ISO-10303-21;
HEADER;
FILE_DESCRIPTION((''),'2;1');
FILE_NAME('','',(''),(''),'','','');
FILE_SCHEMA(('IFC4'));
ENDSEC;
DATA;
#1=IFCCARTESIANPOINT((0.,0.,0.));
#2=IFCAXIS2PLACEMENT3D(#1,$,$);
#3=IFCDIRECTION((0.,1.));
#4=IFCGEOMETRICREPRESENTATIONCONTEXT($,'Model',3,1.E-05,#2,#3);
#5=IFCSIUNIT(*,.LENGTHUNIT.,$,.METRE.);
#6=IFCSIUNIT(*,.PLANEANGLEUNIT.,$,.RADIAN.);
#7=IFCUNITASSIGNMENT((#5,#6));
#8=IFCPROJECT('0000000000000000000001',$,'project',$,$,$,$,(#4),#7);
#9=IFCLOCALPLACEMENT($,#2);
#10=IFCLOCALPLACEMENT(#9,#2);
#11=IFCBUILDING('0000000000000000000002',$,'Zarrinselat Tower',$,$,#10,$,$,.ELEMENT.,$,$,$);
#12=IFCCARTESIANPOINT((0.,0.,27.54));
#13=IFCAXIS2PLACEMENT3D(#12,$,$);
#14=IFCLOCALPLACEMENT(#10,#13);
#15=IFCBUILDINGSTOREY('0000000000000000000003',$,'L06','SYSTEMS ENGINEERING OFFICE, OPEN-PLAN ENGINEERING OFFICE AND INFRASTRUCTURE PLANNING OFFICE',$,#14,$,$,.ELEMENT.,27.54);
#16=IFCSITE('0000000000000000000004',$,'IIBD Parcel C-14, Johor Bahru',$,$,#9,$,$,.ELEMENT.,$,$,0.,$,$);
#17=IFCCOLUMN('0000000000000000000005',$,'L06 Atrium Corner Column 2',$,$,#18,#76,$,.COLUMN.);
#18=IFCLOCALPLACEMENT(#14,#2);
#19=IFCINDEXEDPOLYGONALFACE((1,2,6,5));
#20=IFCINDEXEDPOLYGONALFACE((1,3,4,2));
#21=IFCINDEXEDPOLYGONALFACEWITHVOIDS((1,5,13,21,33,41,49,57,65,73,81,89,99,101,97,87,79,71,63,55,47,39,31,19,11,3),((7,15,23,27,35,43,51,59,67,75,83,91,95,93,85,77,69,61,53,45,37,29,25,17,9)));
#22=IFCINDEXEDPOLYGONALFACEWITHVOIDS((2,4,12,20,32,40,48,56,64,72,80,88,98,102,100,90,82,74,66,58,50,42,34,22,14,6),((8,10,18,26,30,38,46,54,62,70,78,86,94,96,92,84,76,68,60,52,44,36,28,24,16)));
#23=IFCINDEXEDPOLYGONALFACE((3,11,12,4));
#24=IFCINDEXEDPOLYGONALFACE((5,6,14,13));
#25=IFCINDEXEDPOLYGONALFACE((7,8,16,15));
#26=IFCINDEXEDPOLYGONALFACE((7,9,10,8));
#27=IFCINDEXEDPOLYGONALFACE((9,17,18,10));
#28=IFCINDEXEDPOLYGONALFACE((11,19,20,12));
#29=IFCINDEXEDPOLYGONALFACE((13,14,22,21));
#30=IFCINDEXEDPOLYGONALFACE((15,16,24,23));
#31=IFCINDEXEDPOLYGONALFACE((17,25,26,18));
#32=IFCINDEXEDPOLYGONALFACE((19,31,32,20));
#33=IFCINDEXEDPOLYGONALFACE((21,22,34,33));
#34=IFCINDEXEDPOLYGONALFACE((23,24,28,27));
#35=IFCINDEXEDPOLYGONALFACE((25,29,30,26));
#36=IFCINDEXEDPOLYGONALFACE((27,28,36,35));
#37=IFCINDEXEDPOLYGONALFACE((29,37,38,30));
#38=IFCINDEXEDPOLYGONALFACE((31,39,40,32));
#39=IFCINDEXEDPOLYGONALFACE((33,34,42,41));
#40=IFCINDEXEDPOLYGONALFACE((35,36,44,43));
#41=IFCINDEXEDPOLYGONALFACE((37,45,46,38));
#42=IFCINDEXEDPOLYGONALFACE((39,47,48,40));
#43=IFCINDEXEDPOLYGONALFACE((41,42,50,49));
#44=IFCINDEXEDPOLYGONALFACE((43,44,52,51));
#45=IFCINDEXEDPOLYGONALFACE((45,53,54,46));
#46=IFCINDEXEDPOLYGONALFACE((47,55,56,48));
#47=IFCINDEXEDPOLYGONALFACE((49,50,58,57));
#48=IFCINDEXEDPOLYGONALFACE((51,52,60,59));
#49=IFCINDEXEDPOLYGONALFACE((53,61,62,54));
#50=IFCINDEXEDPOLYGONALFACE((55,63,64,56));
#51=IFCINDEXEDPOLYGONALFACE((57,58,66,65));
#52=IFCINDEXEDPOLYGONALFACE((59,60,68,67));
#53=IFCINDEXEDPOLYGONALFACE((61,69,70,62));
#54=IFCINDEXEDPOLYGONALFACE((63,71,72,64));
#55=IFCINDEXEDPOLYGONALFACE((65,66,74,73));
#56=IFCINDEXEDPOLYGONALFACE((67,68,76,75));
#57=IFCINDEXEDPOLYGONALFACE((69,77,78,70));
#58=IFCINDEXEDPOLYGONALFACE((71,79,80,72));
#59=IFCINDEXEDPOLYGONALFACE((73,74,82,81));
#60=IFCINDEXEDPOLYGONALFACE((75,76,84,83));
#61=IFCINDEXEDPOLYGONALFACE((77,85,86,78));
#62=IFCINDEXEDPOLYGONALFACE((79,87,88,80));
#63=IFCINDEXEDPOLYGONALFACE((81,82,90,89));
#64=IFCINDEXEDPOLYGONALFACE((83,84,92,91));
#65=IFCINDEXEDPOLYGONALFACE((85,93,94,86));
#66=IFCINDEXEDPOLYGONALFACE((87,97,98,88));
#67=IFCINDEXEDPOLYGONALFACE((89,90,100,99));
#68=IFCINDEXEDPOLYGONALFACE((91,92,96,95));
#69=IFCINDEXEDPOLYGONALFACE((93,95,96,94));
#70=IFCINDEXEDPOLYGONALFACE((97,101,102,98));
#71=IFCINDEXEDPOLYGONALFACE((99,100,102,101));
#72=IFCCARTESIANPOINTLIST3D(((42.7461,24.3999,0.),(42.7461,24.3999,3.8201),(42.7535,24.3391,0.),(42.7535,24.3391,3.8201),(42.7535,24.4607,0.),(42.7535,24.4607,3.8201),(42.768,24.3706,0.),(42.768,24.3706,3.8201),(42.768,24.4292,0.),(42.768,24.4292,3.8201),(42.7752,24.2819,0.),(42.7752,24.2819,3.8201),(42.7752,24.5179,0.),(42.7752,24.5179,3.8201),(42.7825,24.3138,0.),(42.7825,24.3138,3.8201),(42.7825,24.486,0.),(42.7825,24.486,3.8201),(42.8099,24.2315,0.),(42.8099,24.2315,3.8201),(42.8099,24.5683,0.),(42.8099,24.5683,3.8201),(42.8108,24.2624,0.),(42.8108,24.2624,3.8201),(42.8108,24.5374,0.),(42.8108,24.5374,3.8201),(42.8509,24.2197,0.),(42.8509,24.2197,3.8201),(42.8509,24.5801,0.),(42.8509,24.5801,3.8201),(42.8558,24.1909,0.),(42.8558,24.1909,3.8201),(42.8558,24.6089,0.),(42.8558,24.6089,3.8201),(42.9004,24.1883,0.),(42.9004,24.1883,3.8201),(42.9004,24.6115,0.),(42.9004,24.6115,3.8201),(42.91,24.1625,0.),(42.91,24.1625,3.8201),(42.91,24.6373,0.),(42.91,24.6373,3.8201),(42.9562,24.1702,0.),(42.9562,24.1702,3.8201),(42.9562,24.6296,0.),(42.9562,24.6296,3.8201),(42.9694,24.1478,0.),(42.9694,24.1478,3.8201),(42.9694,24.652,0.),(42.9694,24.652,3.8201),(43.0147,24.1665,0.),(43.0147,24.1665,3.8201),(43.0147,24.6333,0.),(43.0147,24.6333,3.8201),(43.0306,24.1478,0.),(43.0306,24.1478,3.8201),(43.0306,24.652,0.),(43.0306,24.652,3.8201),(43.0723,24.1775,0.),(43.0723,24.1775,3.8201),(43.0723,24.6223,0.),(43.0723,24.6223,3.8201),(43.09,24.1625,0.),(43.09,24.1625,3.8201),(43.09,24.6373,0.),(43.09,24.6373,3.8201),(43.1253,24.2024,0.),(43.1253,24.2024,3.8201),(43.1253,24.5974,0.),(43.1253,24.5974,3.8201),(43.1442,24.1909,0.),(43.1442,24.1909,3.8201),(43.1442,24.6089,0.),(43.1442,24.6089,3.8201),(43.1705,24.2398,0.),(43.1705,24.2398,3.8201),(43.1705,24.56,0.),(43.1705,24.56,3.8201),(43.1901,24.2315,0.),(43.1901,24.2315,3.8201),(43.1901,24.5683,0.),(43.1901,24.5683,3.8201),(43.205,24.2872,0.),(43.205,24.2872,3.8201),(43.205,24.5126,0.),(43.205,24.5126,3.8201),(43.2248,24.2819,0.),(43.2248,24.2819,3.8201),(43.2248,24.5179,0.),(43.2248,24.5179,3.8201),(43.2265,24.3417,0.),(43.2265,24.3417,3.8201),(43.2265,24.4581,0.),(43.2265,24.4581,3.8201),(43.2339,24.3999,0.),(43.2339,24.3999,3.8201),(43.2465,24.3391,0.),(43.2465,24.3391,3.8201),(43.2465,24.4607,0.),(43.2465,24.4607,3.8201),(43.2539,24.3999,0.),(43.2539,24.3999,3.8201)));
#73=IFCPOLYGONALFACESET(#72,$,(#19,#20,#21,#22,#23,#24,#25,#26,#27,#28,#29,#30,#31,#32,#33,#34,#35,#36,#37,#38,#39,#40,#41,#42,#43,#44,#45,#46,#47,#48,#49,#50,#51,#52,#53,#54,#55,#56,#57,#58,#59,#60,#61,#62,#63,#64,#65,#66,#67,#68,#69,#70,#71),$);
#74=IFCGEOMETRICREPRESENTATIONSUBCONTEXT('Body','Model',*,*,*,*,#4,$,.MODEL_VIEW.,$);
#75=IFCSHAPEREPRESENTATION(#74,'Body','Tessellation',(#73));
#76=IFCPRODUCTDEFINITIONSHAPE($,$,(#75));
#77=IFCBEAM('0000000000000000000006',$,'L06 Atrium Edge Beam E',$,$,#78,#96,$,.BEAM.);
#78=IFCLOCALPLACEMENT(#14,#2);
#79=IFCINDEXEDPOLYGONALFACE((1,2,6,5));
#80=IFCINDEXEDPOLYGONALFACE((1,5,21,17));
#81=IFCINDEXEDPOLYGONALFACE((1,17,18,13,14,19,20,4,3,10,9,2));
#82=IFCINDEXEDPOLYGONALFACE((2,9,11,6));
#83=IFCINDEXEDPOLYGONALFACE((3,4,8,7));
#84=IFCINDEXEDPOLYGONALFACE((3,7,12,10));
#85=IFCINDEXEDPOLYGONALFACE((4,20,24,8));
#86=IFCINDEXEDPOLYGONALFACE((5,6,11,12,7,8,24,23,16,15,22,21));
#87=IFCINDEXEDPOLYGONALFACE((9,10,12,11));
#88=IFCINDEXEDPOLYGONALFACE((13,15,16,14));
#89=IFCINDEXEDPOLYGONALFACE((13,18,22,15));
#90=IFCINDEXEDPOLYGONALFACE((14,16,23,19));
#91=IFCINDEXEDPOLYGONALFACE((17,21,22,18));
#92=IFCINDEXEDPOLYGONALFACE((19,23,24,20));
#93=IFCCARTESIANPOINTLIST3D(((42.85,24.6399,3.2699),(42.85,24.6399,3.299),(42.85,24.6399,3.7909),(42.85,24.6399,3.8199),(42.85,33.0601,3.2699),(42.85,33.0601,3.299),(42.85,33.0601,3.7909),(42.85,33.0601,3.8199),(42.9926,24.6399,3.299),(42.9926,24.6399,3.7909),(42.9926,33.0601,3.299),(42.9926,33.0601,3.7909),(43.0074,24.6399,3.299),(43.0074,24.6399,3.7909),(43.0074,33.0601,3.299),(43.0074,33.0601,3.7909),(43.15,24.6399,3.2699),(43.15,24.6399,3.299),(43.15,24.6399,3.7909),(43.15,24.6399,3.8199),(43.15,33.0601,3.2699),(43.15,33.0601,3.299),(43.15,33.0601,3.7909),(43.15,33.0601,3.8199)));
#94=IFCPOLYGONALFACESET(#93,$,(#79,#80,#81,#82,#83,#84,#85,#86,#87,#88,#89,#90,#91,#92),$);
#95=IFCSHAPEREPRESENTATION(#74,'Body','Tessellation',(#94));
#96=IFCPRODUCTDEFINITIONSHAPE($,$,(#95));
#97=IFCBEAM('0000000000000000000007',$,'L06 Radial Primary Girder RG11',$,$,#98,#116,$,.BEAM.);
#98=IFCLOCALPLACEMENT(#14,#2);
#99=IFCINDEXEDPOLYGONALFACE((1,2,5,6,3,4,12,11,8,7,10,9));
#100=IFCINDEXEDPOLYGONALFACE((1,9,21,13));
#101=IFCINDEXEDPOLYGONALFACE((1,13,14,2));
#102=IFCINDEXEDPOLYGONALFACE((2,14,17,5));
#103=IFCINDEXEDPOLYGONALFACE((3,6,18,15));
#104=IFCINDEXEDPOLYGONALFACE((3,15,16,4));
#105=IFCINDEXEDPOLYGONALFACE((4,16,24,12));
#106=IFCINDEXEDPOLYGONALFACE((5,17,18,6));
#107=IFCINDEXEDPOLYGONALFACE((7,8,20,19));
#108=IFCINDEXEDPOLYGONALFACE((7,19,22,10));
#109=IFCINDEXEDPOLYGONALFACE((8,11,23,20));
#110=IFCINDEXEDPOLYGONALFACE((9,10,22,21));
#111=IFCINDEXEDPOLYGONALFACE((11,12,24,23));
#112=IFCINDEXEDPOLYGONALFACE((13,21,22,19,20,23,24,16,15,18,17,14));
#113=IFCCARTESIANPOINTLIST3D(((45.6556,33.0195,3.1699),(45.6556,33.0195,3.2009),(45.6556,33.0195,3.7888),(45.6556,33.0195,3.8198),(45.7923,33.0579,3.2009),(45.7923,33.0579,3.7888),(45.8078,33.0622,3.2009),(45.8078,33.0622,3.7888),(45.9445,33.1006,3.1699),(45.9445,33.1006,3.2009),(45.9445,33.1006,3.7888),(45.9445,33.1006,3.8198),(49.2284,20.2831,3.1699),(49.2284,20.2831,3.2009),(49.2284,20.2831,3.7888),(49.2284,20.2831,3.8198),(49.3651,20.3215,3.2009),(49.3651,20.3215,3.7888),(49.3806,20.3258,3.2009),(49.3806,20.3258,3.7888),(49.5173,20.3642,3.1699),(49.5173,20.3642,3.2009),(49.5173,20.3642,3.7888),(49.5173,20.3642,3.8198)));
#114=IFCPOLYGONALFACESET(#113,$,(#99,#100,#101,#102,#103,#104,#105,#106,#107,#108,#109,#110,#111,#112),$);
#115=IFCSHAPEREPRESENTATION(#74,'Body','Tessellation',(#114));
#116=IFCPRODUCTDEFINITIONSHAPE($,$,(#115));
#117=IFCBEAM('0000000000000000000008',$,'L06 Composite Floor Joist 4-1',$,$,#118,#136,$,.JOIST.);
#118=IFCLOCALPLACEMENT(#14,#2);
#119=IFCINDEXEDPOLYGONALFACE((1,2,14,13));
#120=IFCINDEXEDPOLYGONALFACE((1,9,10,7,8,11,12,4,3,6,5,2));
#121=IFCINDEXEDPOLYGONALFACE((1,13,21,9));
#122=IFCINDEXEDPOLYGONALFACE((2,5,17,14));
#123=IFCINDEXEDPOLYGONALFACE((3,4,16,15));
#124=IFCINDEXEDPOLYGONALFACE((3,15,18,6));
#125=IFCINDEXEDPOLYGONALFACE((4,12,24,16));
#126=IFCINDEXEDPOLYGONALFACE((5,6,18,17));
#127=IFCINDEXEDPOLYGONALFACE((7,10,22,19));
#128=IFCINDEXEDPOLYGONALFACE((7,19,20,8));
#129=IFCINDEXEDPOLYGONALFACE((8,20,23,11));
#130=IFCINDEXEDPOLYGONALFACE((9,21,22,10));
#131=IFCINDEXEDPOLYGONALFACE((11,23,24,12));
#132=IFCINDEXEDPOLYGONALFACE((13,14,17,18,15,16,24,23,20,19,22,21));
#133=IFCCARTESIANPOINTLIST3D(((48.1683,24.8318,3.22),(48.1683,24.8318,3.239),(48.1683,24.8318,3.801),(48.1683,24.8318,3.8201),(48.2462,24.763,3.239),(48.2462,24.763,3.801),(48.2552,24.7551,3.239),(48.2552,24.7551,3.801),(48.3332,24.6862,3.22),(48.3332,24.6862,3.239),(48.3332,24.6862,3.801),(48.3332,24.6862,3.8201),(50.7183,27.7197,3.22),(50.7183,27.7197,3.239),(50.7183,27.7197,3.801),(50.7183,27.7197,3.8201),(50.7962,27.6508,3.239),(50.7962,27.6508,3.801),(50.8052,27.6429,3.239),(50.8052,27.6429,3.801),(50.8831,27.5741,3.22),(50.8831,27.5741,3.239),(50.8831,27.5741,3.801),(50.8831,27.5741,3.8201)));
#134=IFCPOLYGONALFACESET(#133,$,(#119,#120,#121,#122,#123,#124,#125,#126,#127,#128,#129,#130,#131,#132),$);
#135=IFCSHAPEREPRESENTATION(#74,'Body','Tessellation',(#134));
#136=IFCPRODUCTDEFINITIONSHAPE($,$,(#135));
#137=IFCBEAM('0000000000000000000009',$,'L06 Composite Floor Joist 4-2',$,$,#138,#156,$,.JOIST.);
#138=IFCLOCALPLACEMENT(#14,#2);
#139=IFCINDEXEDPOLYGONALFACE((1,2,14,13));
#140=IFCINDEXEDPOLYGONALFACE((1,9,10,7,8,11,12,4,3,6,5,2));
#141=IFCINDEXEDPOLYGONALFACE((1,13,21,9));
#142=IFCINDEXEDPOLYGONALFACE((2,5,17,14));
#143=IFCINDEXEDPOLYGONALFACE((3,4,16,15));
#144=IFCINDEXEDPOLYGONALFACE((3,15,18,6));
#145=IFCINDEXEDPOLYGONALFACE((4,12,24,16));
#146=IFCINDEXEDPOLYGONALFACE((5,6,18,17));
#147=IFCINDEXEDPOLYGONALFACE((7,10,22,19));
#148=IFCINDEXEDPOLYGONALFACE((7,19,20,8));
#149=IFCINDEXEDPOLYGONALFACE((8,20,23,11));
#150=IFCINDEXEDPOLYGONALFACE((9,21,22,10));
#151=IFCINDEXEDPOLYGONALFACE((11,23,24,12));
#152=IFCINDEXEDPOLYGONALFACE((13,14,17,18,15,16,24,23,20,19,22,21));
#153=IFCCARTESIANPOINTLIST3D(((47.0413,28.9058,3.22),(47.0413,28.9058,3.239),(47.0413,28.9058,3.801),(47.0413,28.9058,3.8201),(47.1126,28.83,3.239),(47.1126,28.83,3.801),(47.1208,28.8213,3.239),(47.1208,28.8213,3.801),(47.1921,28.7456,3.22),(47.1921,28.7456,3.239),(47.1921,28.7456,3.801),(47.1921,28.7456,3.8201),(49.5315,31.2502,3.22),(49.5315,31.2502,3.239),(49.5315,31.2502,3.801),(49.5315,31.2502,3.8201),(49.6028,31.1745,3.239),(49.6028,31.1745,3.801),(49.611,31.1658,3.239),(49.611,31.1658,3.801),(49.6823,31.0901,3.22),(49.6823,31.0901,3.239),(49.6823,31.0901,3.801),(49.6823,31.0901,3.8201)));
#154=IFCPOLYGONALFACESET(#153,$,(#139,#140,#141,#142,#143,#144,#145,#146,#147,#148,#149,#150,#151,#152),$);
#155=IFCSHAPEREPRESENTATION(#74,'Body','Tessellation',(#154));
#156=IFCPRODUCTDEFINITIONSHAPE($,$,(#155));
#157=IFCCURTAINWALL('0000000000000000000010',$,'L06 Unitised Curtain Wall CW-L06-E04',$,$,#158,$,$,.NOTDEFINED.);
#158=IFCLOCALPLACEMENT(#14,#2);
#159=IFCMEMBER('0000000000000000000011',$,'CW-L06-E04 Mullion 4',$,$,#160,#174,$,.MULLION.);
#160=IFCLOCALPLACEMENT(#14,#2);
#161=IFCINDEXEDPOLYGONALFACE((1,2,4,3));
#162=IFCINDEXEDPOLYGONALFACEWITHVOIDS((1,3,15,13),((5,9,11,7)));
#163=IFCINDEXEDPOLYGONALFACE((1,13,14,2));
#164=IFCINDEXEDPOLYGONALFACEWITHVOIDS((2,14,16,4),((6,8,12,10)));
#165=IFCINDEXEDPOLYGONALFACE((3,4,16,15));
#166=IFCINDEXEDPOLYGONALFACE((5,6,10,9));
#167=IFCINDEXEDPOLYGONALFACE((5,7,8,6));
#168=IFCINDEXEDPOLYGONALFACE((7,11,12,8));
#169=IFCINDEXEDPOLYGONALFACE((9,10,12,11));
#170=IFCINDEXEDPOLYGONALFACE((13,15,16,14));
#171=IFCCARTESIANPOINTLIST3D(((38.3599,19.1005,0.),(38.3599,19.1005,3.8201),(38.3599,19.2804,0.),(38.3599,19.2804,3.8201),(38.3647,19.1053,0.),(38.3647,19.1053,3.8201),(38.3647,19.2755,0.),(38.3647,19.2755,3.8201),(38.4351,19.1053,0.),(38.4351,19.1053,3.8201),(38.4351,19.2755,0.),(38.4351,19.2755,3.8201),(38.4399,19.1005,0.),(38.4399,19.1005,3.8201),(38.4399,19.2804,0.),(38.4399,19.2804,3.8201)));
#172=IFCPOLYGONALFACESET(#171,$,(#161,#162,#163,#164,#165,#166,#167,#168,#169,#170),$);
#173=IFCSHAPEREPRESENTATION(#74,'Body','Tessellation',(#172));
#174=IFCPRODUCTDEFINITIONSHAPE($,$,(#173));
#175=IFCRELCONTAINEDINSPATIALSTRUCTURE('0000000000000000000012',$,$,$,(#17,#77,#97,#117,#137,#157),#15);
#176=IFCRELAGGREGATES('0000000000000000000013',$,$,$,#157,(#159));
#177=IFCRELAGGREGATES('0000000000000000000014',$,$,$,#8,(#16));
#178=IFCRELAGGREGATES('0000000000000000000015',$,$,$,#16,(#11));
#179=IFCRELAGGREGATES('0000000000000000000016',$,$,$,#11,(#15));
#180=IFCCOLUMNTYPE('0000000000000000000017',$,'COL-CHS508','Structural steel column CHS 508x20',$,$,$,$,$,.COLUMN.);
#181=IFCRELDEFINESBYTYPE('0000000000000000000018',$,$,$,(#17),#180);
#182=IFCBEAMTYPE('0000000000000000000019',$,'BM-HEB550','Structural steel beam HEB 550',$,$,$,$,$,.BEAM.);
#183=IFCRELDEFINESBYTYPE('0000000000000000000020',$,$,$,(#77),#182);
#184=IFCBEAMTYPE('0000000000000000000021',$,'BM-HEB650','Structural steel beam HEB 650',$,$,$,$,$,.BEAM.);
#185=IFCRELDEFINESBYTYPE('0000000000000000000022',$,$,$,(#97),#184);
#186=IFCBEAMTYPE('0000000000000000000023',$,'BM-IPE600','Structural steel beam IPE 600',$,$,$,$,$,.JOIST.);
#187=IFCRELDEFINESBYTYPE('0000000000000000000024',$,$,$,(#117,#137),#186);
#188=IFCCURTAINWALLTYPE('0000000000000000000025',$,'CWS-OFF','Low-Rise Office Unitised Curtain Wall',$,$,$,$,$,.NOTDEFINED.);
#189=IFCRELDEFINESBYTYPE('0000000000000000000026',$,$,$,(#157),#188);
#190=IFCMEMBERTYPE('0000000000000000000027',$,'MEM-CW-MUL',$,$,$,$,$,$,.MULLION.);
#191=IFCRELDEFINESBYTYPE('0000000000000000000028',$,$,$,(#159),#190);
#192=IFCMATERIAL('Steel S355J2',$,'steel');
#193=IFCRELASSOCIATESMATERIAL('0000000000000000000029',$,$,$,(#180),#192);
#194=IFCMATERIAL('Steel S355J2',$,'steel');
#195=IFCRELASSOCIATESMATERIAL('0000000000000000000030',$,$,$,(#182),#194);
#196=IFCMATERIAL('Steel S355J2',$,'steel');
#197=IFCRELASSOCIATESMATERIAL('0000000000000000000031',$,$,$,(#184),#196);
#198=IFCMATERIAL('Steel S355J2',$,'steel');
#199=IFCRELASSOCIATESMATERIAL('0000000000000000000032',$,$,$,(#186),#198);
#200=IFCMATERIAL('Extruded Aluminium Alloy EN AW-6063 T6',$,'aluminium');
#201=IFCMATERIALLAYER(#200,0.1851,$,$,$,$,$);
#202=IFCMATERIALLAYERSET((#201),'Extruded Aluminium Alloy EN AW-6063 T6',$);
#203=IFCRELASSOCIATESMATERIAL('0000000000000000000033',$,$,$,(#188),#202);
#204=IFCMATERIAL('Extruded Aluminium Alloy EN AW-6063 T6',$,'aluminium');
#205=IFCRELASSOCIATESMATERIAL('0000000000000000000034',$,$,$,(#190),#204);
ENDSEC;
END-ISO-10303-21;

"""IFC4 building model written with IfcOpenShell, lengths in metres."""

from ifc_helpers import new_model, si_unit, direction, frame, origin, origin_2d, place, context, subcontext, project, spatial, hollow_rectangle, hollow_circle, i_section, extrude, material, layer, layer_set, material_profile, profile_set, type_object, element, aggregate, save


model = new_model("IFC4")

# Units and contexts
model_context = context("Model", 3, precision=1e-05, world=origin(), true_north=direction((0.0, 1.0)))
body_context = subcontext(model_context, "Body", "Model", "MODEL_VIEW")
ifc_project = project(units=[si_unit("LENGTHUNIT", "METRE"), si_unit("PLANEANGLEUNIT", "RADIAN")], contexts=[model_context])

# Site, building, storey
site_placement = place(None, origin())
site = spatial("IfcSite", under=ifc_project, at=site_placement, Name="IIBD Parcel C-14, Johor Bahru", CompositionType="ELEMENT", RefElevation=0.0)
building_placement = place(site_placement, origin())
building = spatial("IfcBuilding", under=site, at=building_placement, Name="Zarrinselat Tower", CompositionType="ELEMENT")
storey_placement = place(building_placement, frame((0.0, 0.0, 27.54)))
storey = spatial("IfcBuildingStorey", under=building, at=storey_placement, Name="L06", Description="SYSTEMS ENGINEERING OFFICE, OPEN-PLAN ENGINEERING OFFICE AND INFRASTRUCTURE PLANNING OFFICE", CompositionType="ELEMENT", Elevation=27.54)

# Column
ifc_material_1 = material(Name="Steel S355J2", Category="steel")
ifc_material_profile_1 = material_profile(ifc_material_1, hollow_circle(Radius=0.2539, WallThickness=0.02, at=origin_2d()), Name="CHS 508x20")
ifc_profile_set_1 = profile_set([ifc_material_profile_1], Name="Steel S355J2")
column_type = type_object("IfcColumnType", Name="COL-CHS508", Description="Structural steel column CHS 508x20", PredefinedType="COLUMN", material=ifc_profile_set_1)
column_placement = place(storey_placement, frame((43.0, 24.3999, 0.0), z_axis=(0.0, 0.0, 1.0), x_axis=(1.0, 0.0, 0.0)))
element("IfcColumn", 1, at=column_placement, inside=storey, type_object=column_type, Name="L06 Atrium Corner Column 2", PredefinedType="COLUMN", context=body_context, shape_type="SweptSolid", body=[
    extrude(hollow_circle(Radius=0.2539, WallThickness=0.02, at=origin_2d()), origin(), (0.0, 0.0, 1.0), 3.8201),
])

# Beams
ifc_material_2 = material(Name="Steel S355J2", Category="steel")
ifc_material_profile_2 = material_profile(ifc_material_2, i_section(OverallWidth=0.3, OverallDepth=0.55, WebThickness=0.0149, FlangeThickness=0.0291, at=origin_2d()), Name="HEB 550")
ifc_profile_set_2 = profile_set([ifc_material_profile_2], Name="Steel S355J2")
beam_type_1 = type_object("IfcBeamType", Name="BM-HEB550", Description="Structural steel beam HEB 550", PredefinedType="BEAM", material=ifc_profile_set_2)
beam_1_placement = place(storey_placement, frame((43.0, 24.6399, 3.5449), z_axis=(0.0, 1.0, 0.0), x_axis=(-1.0, 0.0, 0.0)))
element("IfcBeam", 2, at=beam_1_placement, inside=storey, type_object=beam_type_1, Name="L06 Atrium Edge Beam E", PredefinedType="BEAM", context=body_context, shape_type="SweptSolid", body=[
    extrude(i_section(OverallWidth=0.3, OverallDepth=0.55, WebThickness=0.0149, FlangeThickness=0.0291, at=origin_2d()), origin(), (0.0, 0.0, 1.0), 8.4202),
])
ifc_material_3 = material(Name="Steel S355J2", Category="steel")
ifc_material_profile_3 = material_profile(ifc_material_3, i_section(OverallWidth=0.3, OverallDepth=0.6499, WebThickness=0.0161, FlangeThickness=0.031, at=origin_2d()), Name="HEB 650")
ifc_profile_set_3 = profile_set([ifc_material_profile_3], Name="Steel S355J2")
beam_type_2 = type_object("IfcBeamType", Name="BM-HEB650", Description="Structural steel beam HEB 650", PredefinedType="BEAM", material=ifc_profile_set_3)
beam_2_placement = place(storey_placement, frame((45.8, 33.0601, 3.4949), z_axis=(0.270091, -0.962835, 0.0), x_axis=(0.962835, 0.270091, 0.0)))
element("IfcBeam", 3, at=beam_2_placement, inside=storey, type_object=beam_type_2, Name="L06 Radial Primary Girder RG11", PredefinedType="BEAM", context=body_context, shape_type="SweptSolid", body=[
    extrude(i_section(OverallWidth=0.3, OverallDepth=0.6499, WebThickness=0.0161, FlangeThickness=0.031, at=origin_2d()), origin(), (0.0, 0.0, 1.0), 13.228),
])
ifc_material_4 = material(Name="Steel S355J2", Category="steel")
ifc_material_profile_4 = material_profile(ifc_material_4, i_section(OverallWidth=0.22, OverallDepth=0.6001, WebThickness=0.012, FlangeThickness=0.019, at=origin_2d()), Name="IPE 600")
ifc_profile_set_4 = profile_set([ifc_material_profile_4], Name="Steel S355J2")
beam_type_3 = type_object("IfcBeamType", Name="BM-IPE600", Description="Structural steel beam IPE 600", PredefinedType="JOIST", material=ifc_profile_set_4)
beam_3_placement = place(storey_placement, frame((48.2507, 24.759, 3.52), z_axis=(0.661894, 0.749597, 0.0), x_axis=(-0.749597, 0.661894, 0.0)))
element("IfcBeam", 4, at=beam_3_placement, inside=storey, type_object=beam_type_3, Name="L06 Composite Floor Joist 4-1", PredefinedType="JOIST", context=body_context, shape_type="SweptSolid", body=[
    extrude(i_section(OverallWidth=0.22, OverallDepth=0.6001, WebThickness=0.012, FlangeThickness=0.019, at=origin_2d()), origin(), (0.0, 0.0, 1.0), 3.8525),
])
beam_4_placement = place(storey_placement, frame((47.1167, 28.8257, 3.52), z_axis=(0.728093, 0.685478, 0.0), x_axis=(-0.685478, 0.728093, 0.0)))
element("IfcBeam", 5, at=beam_4_placement, inside=storey, type_object=beam_type_3, Name="L06 Composite Floor Joist 4-2", PredefinedType="JOIST", context=body_context, shape_type="SweptSolid", body=[
    extrude(i_section(OverallWidth=0.22, OverallDepth=0.6001, WebThickness=0.012, FlangeThickness=0.019, at=origin_2d()), origin(), (0.0, 0.0, 1.0), 3.4202),
])

# Curtain wall, member
ifc_material_5 = material(Name="Extruded Aluminium Alloy EN AW-6063 T6", Category="aluminium")
ifc_layer_1 = layer(ifc_material_5, 0.1851)
ifc_layer_set_1 = layer_set([ifc_layer_1], Name="Extruded Aluminium Alloy EN AW-6063 T6")
curtain_wall_type = type_object("IfcCurtainWallType", Name="CWS-OFF", Description="Low-Rise Office Unitised Curtain Wall", PredefinedType="NOTDEFINED", material=ifc_layer_set_1)
curtain_wall_placement = place(storey_placement, origin())
curtain_wall = element("IfcCurtainWall", 6, at=curtain_wall_placement, inside=storey, type_object=curtain_wall_type, Name="L06 Unitised Curtain Wall CW-L06-E04", PredefinedType="NOTDEFINED")
ifc_material_6 = material(Name="Extruded Aluminium Alloy EN AW-6063 T6", Category="aluminium")
ifc_material_profile_5 = material_profile(ifc_material_6, hollow_rectangle(XDim=0.0801, YDim=0.1799, WallThickness=0.0049, at=origin_2d()), Name="RHS 180x80x5")
ifc_profile_set_5 = profile_set([ifc_material_profile_5], Name="Extruded Aluminium Alloy EN AW-6063 T6")
member_type_1 = type_object("IfcMemberType", Name="MEM-CW-MUL", PredefinedType="MULLION", material=ifc_profile_set_5)
member_1_placement = place(storey_placement, frame((38.3999, 19.1904, 0.0), z_axis=(0.0, 0.0, 1.0), x_axis=(1.0, 0.0, 0.0)))
member_1 = element("IfcMember", 7, at=member_1_placement, type_object=member_type_1, Name="CW-L06-E04 Mullion 4", PredefinedType="MULLION", context=body_context, shape_type="SweptSolid", body=[
    extrude(hollow_rectangle(XDim=0.0801, YDim=0.1799, WallThickness=0.0049, at=origin_2d()), origin(), (0.0, 0.0, 1.0), 3.8201),
])
aggregate(curtain_wall, [member_1])

save(model, "model.ifc")
